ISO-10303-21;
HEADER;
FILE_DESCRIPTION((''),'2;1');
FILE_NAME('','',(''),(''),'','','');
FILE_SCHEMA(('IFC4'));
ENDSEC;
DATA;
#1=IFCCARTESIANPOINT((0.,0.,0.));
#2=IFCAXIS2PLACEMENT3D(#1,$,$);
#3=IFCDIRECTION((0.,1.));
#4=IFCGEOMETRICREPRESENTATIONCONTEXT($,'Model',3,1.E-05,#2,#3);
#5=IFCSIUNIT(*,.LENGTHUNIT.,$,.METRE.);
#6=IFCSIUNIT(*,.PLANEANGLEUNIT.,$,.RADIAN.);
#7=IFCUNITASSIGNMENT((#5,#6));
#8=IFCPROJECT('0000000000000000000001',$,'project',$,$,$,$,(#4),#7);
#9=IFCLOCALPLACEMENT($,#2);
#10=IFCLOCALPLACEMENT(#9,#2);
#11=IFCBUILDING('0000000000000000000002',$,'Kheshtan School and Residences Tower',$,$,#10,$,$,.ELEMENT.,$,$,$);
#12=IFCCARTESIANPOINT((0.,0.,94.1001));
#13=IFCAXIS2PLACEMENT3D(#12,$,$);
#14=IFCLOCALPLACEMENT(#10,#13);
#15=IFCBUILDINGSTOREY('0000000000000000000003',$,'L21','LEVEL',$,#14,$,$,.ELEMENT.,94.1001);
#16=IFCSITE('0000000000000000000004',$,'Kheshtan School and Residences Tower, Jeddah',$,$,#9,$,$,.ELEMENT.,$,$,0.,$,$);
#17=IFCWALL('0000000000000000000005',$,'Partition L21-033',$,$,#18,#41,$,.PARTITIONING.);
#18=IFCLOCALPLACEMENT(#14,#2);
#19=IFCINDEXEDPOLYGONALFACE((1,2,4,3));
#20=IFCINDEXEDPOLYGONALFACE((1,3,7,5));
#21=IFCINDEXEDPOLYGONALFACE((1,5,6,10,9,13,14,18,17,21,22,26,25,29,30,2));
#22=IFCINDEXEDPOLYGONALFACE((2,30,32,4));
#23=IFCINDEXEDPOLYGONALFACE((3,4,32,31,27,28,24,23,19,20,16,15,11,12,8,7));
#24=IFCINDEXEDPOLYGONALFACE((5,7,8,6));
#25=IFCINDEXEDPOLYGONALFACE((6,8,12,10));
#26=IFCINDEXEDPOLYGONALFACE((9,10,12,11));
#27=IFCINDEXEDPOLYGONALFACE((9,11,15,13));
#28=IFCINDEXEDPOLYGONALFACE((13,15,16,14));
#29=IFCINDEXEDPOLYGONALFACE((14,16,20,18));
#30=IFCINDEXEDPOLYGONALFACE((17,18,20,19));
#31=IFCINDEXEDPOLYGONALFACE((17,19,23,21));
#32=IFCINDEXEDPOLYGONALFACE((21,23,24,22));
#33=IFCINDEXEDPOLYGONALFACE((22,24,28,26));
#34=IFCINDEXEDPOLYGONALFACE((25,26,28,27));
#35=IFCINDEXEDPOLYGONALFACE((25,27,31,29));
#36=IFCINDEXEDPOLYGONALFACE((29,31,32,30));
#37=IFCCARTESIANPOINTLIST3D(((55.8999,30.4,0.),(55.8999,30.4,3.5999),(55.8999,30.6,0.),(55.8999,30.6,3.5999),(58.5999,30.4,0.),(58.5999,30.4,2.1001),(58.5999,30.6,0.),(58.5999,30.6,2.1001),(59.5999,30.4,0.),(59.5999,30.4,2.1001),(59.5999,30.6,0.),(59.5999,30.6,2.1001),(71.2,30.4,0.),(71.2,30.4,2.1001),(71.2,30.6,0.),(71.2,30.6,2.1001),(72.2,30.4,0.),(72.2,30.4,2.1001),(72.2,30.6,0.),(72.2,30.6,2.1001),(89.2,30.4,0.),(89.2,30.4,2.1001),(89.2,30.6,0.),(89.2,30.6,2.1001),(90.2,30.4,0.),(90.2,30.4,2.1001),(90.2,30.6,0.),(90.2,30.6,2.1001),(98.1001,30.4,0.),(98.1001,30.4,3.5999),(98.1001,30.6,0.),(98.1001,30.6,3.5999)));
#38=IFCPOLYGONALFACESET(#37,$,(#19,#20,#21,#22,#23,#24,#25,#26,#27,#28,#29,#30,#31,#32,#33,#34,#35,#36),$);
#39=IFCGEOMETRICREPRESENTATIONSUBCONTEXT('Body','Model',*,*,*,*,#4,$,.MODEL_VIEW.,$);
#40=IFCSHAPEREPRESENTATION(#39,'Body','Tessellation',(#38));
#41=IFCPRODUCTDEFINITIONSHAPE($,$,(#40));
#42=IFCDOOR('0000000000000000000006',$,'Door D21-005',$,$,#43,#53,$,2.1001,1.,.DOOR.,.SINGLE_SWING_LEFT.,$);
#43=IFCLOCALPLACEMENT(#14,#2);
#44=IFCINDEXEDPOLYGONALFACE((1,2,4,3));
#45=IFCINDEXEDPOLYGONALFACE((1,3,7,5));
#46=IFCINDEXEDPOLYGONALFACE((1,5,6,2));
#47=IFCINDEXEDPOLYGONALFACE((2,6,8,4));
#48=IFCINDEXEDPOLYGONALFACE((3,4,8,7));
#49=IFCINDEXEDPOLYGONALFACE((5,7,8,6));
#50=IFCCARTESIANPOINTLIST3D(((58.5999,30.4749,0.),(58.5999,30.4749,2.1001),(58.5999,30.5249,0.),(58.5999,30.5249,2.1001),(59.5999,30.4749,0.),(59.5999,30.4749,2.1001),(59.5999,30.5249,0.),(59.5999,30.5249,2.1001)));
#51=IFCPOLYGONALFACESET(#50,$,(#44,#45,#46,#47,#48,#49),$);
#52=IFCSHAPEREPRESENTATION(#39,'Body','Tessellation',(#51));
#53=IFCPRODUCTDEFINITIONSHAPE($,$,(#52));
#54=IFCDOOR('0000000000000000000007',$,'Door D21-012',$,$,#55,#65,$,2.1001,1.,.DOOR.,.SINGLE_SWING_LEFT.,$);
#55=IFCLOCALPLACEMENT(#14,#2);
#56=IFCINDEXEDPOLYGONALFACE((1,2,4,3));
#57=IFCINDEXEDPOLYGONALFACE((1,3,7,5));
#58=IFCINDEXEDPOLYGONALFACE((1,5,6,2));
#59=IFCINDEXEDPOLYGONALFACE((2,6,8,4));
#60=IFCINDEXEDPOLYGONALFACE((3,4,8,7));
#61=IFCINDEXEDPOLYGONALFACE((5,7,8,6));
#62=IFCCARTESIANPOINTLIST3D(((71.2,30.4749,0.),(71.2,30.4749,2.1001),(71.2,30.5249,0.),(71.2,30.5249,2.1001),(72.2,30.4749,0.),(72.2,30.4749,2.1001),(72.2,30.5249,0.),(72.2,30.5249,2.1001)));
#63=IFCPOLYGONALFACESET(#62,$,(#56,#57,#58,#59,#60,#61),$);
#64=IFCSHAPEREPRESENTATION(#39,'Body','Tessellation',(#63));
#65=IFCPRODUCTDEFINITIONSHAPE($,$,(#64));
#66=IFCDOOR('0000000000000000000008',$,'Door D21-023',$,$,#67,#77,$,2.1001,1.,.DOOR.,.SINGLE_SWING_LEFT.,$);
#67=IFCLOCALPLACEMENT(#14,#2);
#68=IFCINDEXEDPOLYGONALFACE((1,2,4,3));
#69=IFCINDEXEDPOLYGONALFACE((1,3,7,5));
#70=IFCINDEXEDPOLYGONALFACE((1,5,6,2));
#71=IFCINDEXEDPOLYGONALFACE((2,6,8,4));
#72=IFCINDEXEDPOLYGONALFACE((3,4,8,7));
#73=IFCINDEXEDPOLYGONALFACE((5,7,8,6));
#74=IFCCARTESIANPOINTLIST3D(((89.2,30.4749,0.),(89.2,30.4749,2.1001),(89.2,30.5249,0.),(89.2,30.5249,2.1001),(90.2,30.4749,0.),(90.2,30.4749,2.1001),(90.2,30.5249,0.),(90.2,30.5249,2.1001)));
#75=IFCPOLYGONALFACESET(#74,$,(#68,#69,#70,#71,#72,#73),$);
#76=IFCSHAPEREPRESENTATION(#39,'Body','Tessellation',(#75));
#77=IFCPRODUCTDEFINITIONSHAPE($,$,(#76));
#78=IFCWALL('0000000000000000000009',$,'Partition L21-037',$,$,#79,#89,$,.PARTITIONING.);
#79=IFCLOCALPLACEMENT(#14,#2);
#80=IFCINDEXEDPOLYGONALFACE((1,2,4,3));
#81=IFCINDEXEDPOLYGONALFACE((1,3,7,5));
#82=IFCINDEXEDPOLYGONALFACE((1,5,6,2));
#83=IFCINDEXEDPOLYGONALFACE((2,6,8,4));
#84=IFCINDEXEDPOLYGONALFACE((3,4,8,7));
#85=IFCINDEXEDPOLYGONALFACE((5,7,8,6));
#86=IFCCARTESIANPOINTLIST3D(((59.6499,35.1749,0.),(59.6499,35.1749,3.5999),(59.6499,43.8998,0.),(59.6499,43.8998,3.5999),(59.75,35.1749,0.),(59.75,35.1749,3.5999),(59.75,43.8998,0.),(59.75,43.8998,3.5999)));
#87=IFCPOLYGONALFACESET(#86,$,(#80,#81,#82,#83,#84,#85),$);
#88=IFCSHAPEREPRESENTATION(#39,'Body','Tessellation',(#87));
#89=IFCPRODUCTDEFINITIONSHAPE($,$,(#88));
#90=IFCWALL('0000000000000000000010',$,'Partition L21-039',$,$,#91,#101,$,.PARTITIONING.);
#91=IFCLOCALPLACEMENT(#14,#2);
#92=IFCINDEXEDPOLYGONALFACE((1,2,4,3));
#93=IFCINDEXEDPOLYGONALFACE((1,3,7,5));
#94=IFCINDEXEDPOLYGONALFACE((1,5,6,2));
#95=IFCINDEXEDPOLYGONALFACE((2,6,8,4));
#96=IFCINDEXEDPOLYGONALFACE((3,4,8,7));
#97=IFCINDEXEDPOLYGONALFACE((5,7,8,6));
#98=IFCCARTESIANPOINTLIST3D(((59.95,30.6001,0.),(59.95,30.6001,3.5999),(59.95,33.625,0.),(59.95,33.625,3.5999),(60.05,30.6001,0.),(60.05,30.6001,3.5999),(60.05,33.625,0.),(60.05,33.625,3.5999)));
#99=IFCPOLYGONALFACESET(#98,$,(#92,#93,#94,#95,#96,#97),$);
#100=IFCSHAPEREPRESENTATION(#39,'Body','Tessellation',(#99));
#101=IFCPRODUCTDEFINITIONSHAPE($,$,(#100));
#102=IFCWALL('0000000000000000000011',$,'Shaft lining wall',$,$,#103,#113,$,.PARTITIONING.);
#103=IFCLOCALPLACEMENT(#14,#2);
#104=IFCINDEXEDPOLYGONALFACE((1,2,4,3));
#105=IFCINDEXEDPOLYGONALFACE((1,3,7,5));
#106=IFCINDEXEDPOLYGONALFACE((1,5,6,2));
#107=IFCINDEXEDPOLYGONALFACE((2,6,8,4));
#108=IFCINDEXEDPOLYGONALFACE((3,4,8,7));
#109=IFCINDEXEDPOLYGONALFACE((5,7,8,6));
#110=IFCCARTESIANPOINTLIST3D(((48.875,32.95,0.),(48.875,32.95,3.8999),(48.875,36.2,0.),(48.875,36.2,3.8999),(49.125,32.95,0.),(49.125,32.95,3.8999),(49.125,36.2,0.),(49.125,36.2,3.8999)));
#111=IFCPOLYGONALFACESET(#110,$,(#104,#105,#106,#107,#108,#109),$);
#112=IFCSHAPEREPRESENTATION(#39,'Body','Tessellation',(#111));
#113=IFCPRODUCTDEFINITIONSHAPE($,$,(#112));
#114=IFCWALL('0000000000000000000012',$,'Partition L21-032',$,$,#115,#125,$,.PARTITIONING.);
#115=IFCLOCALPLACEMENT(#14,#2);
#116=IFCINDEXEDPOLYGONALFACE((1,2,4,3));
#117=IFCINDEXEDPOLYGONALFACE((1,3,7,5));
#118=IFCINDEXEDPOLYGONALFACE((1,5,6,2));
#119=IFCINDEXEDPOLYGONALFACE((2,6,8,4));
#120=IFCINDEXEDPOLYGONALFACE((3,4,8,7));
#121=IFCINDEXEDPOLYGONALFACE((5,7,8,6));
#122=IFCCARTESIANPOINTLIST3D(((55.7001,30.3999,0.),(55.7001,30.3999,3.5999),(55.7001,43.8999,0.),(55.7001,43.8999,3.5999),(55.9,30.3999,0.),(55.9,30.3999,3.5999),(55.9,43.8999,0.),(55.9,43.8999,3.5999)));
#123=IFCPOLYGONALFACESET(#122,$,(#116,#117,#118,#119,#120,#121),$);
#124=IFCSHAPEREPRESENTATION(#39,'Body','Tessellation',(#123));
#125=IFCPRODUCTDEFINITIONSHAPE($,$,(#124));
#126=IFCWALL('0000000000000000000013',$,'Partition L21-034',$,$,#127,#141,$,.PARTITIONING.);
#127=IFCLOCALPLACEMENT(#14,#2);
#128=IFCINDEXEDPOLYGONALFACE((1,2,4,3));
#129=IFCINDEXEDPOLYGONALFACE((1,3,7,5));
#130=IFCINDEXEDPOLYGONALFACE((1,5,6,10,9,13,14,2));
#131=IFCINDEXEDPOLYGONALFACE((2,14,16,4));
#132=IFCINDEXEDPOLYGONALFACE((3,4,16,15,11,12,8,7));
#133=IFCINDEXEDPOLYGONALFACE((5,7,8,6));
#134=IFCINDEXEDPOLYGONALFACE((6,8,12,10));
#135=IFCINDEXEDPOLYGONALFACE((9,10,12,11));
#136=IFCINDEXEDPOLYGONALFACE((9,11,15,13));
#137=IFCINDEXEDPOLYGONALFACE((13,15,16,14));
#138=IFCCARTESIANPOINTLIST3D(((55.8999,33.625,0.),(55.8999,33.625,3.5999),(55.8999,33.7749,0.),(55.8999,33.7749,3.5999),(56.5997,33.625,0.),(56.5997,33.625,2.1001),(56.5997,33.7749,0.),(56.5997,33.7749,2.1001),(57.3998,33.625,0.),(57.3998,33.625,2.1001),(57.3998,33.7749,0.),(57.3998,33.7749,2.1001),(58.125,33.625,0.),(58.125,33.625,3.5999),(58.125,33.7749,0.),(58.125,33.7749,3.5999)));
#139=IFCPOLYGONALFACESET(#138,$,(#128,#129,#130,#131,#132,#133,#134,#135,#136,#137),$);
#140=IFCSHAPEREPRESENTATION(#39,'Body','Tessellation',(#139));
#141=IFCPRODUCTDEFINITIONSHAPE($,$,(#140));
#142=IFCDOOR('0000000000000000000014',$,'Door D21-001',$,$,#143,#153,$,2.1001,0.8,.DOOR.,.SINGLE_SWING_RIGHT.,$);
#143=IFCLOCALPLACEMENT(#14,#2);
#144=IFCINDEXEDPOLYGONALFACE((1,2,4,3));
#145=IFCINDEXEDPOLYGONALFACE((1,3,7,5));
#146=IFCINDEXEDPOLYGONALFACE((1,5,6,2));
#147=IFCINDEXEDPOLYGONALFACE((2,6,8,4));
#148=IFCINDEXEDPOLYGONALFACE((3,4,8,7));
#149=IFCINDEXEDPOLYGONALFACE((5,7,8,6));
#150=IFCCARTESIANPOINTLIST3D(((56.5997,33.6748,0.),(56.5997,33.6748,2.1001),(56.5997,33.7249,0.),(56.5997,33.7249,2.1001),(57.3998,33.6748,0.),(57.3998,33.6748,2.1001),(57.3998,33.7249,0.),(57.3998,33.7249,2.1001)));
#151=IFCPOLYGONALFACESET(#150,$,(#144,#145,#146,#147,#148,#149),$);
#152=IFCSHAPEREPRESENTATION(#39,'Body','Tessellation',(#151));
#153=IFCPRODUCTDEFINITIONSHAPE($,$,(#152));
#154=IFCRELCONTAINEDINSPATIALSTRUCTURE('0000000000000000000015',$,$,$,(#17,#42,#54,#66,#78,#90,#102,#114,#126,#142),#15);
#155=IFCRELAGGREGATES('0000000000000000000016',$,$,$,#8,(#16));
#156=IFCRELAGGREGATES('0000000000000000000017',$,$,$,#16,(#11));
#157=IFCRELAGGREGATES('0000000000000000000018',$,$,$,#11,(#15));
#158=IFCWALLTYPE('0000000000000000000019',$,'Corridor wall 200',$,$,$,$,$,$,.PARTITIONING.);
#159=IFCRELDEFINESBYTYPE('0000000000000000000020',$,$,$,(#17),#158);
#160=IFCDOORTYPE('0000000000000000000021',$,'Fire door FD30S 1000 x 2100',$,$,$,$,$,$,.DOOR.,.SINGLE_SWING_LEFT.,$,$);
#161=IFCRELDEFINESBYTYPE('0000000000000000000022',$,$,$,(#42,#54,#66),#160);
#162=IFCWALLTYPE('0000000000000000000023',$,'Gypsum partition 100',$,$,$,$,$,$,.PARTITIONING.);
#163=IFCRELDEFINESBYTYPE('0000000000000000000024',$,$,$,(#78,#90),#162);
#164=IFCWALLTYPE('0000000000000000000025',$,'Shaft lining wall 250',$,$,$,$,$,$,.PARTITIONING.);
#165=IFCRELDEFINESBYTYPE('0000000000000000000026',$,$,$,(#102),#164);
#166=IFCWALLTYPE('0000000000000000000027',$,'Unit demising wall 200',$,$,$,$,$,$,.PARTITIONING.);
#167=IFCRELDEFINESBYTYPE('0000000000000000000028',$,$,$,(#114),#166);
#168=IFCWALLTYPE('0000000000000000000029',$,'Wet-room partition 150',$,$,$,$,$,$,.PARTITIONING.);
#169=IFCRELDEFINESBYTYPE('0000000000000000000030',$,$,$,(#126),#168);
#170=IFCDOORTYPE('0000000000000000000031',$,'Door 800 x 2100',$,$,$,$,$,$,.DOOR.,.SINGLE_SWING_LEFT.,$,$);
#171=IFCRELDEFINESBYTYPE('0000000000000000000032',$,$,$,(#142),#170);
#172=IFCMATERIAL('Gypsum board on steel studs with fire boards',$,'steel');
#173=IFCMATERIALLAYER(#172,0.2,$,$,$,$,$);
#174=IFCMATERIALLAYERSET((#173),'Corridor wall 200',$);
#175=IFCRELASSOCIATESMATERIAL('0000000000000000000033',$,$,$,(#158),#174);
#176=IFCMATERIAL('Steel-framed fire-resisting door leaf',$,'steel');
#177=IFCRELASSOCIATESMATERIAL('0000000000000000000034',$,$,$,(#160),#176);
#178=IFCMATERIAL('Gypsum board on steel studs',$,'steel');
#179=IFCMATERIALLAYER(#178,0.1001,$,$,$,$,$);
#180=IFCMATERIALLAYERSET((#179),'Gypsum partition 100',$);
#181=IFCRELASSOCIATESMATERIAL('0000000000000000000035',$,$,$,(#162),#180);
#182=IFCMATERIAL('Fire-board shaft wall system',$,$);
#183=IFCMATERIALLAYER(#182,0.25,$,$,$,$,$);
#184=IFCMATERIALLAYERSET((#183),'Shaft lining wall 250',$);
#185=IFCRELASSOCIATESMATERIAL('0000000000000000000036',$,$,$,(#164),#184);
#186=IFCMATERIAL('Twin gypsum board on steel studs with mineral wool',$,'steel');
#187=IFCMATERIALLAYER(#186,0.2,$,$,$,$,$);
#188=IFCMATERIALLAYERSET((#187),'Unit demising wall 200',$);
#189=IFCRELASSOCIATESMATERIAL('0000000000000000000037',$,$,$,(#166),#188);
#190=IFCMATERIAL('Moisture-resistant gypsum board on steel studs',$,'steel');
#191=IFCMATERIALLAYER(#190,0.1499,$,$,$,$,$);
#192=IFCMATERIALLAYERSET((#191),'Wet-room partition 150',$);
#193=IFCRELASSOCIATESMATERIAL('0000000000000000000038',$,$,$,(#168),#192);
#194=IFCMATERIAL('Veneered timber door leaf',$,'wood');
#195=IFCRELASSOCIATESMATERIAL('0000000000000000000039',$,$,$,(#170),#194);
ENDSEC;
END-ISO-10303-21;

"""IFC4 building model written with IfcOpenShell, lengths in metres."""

from ifc_helpers import new_model, si_unit, direction, frame, frame_2d, origin, place, context, subcontext, project, spatial, rectangle, extrude, source, transform, mapped, material, layer, layer_set, type_object, element, fill, save


model = new_model("IFC4")

# Units and contexts
model_context = context("Model", 3, precision=1e-05, world=origin(), true_north=direction((0.0, 1.0)))
body_context = subcontext(model_context, "Body", "Model", "MODEL_VIEW")
ifc_project = project(units=[si_unit("LENGTHUNIT", "METRE"), si_unit("PLANEANGLEUNIT", "RADIAN")], contexts=[model_context])

# Site, building, storey
site_placement = place(None, origin())
site = spatial("IfcSite", under=ifc_project, at=site_placement, Name="Kheshtan School and Residences Tower, Jeddah", CompositionType="ELEMENT", RefElevation=0.0)
building_placement = place(site_placement, origin())
building = spatial("IfcBuilding", under=site, at=building_placement, Name="Kheshtan School and Residences Tower", CompositionType="ELEMENT")
storey_placement = place(building_placement, frame((0.0, 0.0, 94.1001)))
storey = spatial("IfcBuildingStorey", under=building, at=storey_placement, Name="L21", Description="LEVEL", CompositionType="ELEMENT", Elevation=94.1001)

# Shared definitions
ifc_material_1 = material(Name="Gypsum board on steel studs with fire boards", Category="steel")
ifc_layer_1 = layer(ifc_material_1, 0.2)
ifc_layer_set_1 = layer_set([ifc_layer_1], Name="Corridor wall 200")
wall_type_1 = type_object("IfcWallType", Name="Corridor wall 200", PredefinedType="PARTITIONING", material=ifc_layer_set_1)

# Wall, openings, doors
wall_1_placement = place(storey_placement, frame((55.8999, 30.5, 0.0), z_axis=(0.0, 0.0, 1.0), x_axis=(1.0, 0.0, 0.0)))
wall_1 = element("IfcWall", 1, at=wall_1_placement, inside=storey, type_object=wall_type_1, Name="Partition L21-033", PredefinedType="PARTITIONING", context=body_context, shape_type="SweptSolid", body=[
    extrude(rectangle(XDim=42.2002, YDim=0.2, at=frame_2d((21.1001, 0.0))), origin(), (0.0, 0.0, 1.0), 3.5999),
])
opening_1_placement = place(wall_1_placement, frame((2.7, 0.0, 0.0)))
opening_1 = element("IfcOpeningElement", 2, at=opening_1_placement, cuts=wall_1, PredefinedType="OPENING", context=body_context, shape_type="SweptSolid", body=[
    extrude(rectangle(XDim=1.0, YDim=2.1001, at=frame_2d((0.5, 1.05))), frame((0.0, 0.1099, 0.0), z_axis=(0.0, -1.0, 0.0), x_axis=(1.0, 0.0, 0.0)), (0.0, 0.0, 1.0), 0.22),
])
opening_2_placement = place(wall_1_placement, frame((15.3, 0.0, 0.0)))
opening_2 = element("IfcOpeningElement", 3, at=opening_2_placement, cuts=wall_1, PredefinedType="OPENING", context=body_context, shape_type="SweptSolid", body=[
    extrude(rectangle(XDim=1.0, YDim=2.1001, at=frame_2d((0.5, 1.05))), frame((0.0, 0.1099, 0.0), z_axis=(0.0, -1.0, 0.0), x_axis=(1.0, 0.0, 0.0)), (0.0, 0.0, 1.0), 0.22),
])
opening_3_placement = place(wall_1_placement, frame((33.3, 0.0, 0.0)))
opening_3 = element("IfcOpeningElement", 4, at=opening_3_placement, cuts=wall_1, PredefinedType="OPENING", context=body_context, shape_type="SweptSolid", body=[
    extrude(rectangle(XDim=1.0, YDim=2.1001, at=frame_2d((0.5, 1.05))), frame((0.0, 0.1099, 0.0), z_axis=(0.0, -1.0, 0.0), x_axis=(1.0, 0.0, 0.0)), (0.0, 0.0, 1.0), 0.22),
])
ifc_material_2 = material(Name="Steel-framed fire-resisting door leaf", Category="steel")
door_type_1 = type_object("IfcDoorType", Name="Fire door FD30S 1000 x 2100", OperationType="SINGLE_SWING_LEFT", PredefinedType="DOOR", material=ifc_material_2)
shared_shape_1 = source(origin(), body_context, "Body", "SweptSolid", [
    extrude(rectangle(XDim=1.0, YDim=2.1001, at=frame_2d((0.5, 1.05))), frame((0.0, 0.0249, 0.0), z_axis=(0.0, -1.0, 0.0), x_axis=(1.0, 0.0, 0.0)), (0.0, 0.0, 1.0), 0.05),
])
door_1_placement = place(opening_1_placement, origin())
door_1 = element("IfcDoor", 5, at=door_1_placement, inside=storey, type_object=door_type_1, Name="Door D21-005", OperationType="SINGLE_SWING_LEFT", OverallHeight=2.1001, OverallWidth=1.0, PredefinedType="DOOR", context=body_context, shape_type="MappedRepresentation", body=[
    mapped(shared_shape_1, transform((0.0, 0.0, 0.0), x_axis=(1.0, 0.0, 0.0), y_axis=(0.0, 1.0, 0.0), z_axis=(0.0, 0.0, 1.0), scale=1.0)),
])
fill(opening_1, door_1)
door_2_placement = place(opening_2_placement, origin())
door_2 = element("IfcDoor", 6, at=door_2_placement, inside=storey, type_object=door_type_1, Name="Door D21-012", OperationType="SINGLE_SWING_LEFT", OverallHeight=2.1001, OverallWidth=1.0, PredefinedType="DOOR", context=body_context, shape_type="MappedRepresentation", body=[
    mapped(shared_shape_1, transform((0.0, 0.0, 0.0), x_axis=(1.0, 0.0, 0.0), y_axis=(0.0, 1.0, 0.0), z_axis=(0.0, 0.0, 1.0), scale=1.0)),
])
fill(opening_2, door_2)
door_3_placement = place(opening_3_placement, origin())
door_3 = element("IfcDoor", 7, at=door_3_placement, inside=storey, type_object=door_type_1, Name="Door D21-023", OperationType="SINGLE_SWING_LEFT", OverallHeight=2.1001, OverallWidth=1.0, PredefinedType="DOOR", context=body_context, shape_type="MappedRepresentation", body=[
    mapped(shared_shape_1, transform((0.0, 0.0, 0.0), x_axis=(1.0, 0.0, 0.0), y_axis=(0.0, 1.0, 0.0), z_axis=(0.0, 0.0, 1.0), scale=1.0)),
])
fill(opening_3, door_3)

# Walls
ifc_material_3 = material(Name="Gypsum board on steel studs", Category="steel")
ifc_layer_2 = layer(ifc_material_3, 0.1001)
ifc_layer_set_2 = layer_set([ifc_layer_2], Name="Gypsum partition 100")
wall_type_2 = type_object("IfcWallType", Name="Gypsum partition 100", PredefinedType="PARTITIONING", material=ifc_layer_set_2)
wall_2_placement = place(storey_placement, frame((59.7, 35.175, 0.0), z_axis=(0.0, 0.0, 1.0), x_axis=(0.0, 1.0, 0.0)))
element("IfcWall", 8, at=wall_2_placement, inside=storey, type_object=wall_type_2, Name="Partition L21-037", PredefinedType="PARTITIONING", context=body_context, shape_type="SweptSolid", body=[
    extrude(rectangle(XDim=8.7249, YDim=0.1001, at=frame_2d((4.3623, 0.0))), origin(), (0.0, 0.0, 1.0), 3.5999),
])
wall_3_placement = place(storey_placement, frame((60.0, 30.6001, 0.0), z_axis=(0.0, 0.0, 1.0), x_axis=(0.0, 1.0, 0.0)))
element("IfcWall", 9, at=wall_3_placement, inside=storey, type_object=wall_type_2, Name="Partition L21-039", PredefinedType="PARTITIONING", context=body_context, shape_type="SweptSolid", body=[
    extrude(rectangle(XDim=3.0249, YDim=0.1001, at=frame_2d((1.5125, 0.0))), origin(), (0.0, 0.0, 1.0), 3.5999),
])
ifc_material_4 = material(Name="Fire-board shaft wall system")
ifc_layer_3 = layer(ifc_material_4, 0.25)
ifc_layer_set_3 = layer_set([ifc_layer_3], Name="Shaft lining wall 250")
wall_type_3 = type_object("IfcWallType", Name="Shaft lining wall 250", PredefinedType="PARTITIONING", material=ifc_layer_set_3)
wall_4_placement = place(storey_placement, frame((49.0, 32.95, 0.0), z_axis=(0.0, 0.0, 1.0), x_axis=(0.0, 1.0, 0.0)))
element("IfcWall", 10, at=wall_4_placement, inside=storey, type_object=wall_type_3, Name="Shaft lining wall", PredefinedType="PARTITIONING", context=body_context, shape_type="SweptSolid", body=[
    extrude(rectangle(XDim=3.25, YDim=0.25, at=frame_2d((1.625, 0.0))), origin(), (0.0, 0.0, 1.0), 3.8999),
])
ifc_material_5 = material(Name="Twin gypsum board on steel studs with mineral wool", Category="steel")
ifc_layer_4 = layer(ifc_material_5, 0.2)
ifc_layer_set_4 = layer_set([ifc_layer_4], Name="Unit demising wall 200")
wall_type_4 = type_object("IfcWallType", Name="Unit demising wall 200", PredefinedType="PARTITIONING", material=ifc_layer_set_4)
wall_5_placement = place(storey_placement, frame((55.8, 30.3999, 0.0), z_axis=(0.0, 0.0, 1.0), x_axis=(0.0, 1.0, 0.0)))
element("IfcWall", 11, at=wall_5_placement, inside=storey, type_object=wall_type_4, Name="Partition L21-032", PredefinedType="PARTITIONING", context=body_context, shape_type="SweptSolid", body=[
    extrude(rectangle(XDim=13.5, YDim=0.2, at=frame_2d((6.75, 0.0))), origin(), (0.0, 0.0, 1.0), 3.5999),
])

# Wall, opening, door
ifc_material_6 = material(Name="Moisture-resistant gypsum board on steel studs", Category="steel")
ifc_layer_5 = layer(ifc_material_6, 0.1499)
ifc_layer_set_5 = layer_set([ifc_layer_5], Name="Wet-room partition 150")
wall_type_5 = type_object("IfcWallType", Name="Wet-room partition 150", PredefinedType="PARTITIONING", material=ifc_layer_set_5)
wall_6_placement = place(storey_placement, frame((55.8999, 33.7, 0.0), z_axis=(0.0, 0.0, 1.0), x_axis=(1.0, 0.0, 0.0)))
wall_6 = element("IfcWall", 12, at=wall_6_placement, inside=storey, type_object=wall_type_5, Name="Partition L21-034", PredefinedType="PARTITIONING", context=body_context, shape_type="SweptSolid", body=[
    extrude(rectangle(XDim=2.2251, YDim=0.1499, at=frame_2d((1.1125, 0.0))), origin(), (0.0, 0.0, 1.0), 3.5999),
])
opening_4_placement = place(wall_6_placement, frame((0.7, 0.0, 0.0)))
opening_4 = element("IfcOpeningElement", 13, at=opening_4_placement, cuts=wall_6, PredefinedType="OPENING", context=body_context, shape_type="SweptSolid", body=[
    extrude(rectangle(XDim=0.8, YDim=2.1001, at=frame_2d((0.3999, 1.05))), frame((0.0, 0.085, 0.0), z_axis=(0.0, -1.0, 0.0), x_axis=(1.0, 0.0, 0.0)), (0.0, 0.0, 1.0), 0.1699),
])
ifc_material_7 = material(Name="Veneered timber door leaf", Category="wood")
door_type_2 = type_object("IfcDoorType", Name="Door 800 x 2100", OperationType="SINGLE_SWING_LEFT", PredefinedType="DOOR", material=ifc_material_7)
shared_shape_2 = source(origin(), body_context, "Body", "SweptSolid", [
    extrude(rectangle(XDim=0.8, YDim=2.1001, at=frame_2d((0.3999, 1.05))), frame((0.0, 0.0249, 0.0), z_axis=(0.0, -1.0, 0.0), x_axis=(1.0, 0.0, 0.0)), (0.0, 0.0, 1.0), 0.05),
])
door_4_placement = place(opening_4_placement, origin())
door_4 = element("IfcDoor", 14, at=door_4_placement, inside=storey, type_object=door_type_2, Name="Door D21-001", OperationType="SINGLE_SWING_RIGHT", OverallHeight=2.1001, OverallWidth=0.8, PredefinedType="DOOR", context=body_context, shape_type="MappedRepresentation", body=[
    mapped(shared_shape_2, transform((0.0, 0.0, 0.0), x_axis=(1.0, 0.0, 0.0), y_axis=(0.0, 1.0, 0.0), z_axis=(0.0, 0.0, 1.0), scale=1.0)),
])
fill(opening_4, door_4)

save(model, "model.ifc")
